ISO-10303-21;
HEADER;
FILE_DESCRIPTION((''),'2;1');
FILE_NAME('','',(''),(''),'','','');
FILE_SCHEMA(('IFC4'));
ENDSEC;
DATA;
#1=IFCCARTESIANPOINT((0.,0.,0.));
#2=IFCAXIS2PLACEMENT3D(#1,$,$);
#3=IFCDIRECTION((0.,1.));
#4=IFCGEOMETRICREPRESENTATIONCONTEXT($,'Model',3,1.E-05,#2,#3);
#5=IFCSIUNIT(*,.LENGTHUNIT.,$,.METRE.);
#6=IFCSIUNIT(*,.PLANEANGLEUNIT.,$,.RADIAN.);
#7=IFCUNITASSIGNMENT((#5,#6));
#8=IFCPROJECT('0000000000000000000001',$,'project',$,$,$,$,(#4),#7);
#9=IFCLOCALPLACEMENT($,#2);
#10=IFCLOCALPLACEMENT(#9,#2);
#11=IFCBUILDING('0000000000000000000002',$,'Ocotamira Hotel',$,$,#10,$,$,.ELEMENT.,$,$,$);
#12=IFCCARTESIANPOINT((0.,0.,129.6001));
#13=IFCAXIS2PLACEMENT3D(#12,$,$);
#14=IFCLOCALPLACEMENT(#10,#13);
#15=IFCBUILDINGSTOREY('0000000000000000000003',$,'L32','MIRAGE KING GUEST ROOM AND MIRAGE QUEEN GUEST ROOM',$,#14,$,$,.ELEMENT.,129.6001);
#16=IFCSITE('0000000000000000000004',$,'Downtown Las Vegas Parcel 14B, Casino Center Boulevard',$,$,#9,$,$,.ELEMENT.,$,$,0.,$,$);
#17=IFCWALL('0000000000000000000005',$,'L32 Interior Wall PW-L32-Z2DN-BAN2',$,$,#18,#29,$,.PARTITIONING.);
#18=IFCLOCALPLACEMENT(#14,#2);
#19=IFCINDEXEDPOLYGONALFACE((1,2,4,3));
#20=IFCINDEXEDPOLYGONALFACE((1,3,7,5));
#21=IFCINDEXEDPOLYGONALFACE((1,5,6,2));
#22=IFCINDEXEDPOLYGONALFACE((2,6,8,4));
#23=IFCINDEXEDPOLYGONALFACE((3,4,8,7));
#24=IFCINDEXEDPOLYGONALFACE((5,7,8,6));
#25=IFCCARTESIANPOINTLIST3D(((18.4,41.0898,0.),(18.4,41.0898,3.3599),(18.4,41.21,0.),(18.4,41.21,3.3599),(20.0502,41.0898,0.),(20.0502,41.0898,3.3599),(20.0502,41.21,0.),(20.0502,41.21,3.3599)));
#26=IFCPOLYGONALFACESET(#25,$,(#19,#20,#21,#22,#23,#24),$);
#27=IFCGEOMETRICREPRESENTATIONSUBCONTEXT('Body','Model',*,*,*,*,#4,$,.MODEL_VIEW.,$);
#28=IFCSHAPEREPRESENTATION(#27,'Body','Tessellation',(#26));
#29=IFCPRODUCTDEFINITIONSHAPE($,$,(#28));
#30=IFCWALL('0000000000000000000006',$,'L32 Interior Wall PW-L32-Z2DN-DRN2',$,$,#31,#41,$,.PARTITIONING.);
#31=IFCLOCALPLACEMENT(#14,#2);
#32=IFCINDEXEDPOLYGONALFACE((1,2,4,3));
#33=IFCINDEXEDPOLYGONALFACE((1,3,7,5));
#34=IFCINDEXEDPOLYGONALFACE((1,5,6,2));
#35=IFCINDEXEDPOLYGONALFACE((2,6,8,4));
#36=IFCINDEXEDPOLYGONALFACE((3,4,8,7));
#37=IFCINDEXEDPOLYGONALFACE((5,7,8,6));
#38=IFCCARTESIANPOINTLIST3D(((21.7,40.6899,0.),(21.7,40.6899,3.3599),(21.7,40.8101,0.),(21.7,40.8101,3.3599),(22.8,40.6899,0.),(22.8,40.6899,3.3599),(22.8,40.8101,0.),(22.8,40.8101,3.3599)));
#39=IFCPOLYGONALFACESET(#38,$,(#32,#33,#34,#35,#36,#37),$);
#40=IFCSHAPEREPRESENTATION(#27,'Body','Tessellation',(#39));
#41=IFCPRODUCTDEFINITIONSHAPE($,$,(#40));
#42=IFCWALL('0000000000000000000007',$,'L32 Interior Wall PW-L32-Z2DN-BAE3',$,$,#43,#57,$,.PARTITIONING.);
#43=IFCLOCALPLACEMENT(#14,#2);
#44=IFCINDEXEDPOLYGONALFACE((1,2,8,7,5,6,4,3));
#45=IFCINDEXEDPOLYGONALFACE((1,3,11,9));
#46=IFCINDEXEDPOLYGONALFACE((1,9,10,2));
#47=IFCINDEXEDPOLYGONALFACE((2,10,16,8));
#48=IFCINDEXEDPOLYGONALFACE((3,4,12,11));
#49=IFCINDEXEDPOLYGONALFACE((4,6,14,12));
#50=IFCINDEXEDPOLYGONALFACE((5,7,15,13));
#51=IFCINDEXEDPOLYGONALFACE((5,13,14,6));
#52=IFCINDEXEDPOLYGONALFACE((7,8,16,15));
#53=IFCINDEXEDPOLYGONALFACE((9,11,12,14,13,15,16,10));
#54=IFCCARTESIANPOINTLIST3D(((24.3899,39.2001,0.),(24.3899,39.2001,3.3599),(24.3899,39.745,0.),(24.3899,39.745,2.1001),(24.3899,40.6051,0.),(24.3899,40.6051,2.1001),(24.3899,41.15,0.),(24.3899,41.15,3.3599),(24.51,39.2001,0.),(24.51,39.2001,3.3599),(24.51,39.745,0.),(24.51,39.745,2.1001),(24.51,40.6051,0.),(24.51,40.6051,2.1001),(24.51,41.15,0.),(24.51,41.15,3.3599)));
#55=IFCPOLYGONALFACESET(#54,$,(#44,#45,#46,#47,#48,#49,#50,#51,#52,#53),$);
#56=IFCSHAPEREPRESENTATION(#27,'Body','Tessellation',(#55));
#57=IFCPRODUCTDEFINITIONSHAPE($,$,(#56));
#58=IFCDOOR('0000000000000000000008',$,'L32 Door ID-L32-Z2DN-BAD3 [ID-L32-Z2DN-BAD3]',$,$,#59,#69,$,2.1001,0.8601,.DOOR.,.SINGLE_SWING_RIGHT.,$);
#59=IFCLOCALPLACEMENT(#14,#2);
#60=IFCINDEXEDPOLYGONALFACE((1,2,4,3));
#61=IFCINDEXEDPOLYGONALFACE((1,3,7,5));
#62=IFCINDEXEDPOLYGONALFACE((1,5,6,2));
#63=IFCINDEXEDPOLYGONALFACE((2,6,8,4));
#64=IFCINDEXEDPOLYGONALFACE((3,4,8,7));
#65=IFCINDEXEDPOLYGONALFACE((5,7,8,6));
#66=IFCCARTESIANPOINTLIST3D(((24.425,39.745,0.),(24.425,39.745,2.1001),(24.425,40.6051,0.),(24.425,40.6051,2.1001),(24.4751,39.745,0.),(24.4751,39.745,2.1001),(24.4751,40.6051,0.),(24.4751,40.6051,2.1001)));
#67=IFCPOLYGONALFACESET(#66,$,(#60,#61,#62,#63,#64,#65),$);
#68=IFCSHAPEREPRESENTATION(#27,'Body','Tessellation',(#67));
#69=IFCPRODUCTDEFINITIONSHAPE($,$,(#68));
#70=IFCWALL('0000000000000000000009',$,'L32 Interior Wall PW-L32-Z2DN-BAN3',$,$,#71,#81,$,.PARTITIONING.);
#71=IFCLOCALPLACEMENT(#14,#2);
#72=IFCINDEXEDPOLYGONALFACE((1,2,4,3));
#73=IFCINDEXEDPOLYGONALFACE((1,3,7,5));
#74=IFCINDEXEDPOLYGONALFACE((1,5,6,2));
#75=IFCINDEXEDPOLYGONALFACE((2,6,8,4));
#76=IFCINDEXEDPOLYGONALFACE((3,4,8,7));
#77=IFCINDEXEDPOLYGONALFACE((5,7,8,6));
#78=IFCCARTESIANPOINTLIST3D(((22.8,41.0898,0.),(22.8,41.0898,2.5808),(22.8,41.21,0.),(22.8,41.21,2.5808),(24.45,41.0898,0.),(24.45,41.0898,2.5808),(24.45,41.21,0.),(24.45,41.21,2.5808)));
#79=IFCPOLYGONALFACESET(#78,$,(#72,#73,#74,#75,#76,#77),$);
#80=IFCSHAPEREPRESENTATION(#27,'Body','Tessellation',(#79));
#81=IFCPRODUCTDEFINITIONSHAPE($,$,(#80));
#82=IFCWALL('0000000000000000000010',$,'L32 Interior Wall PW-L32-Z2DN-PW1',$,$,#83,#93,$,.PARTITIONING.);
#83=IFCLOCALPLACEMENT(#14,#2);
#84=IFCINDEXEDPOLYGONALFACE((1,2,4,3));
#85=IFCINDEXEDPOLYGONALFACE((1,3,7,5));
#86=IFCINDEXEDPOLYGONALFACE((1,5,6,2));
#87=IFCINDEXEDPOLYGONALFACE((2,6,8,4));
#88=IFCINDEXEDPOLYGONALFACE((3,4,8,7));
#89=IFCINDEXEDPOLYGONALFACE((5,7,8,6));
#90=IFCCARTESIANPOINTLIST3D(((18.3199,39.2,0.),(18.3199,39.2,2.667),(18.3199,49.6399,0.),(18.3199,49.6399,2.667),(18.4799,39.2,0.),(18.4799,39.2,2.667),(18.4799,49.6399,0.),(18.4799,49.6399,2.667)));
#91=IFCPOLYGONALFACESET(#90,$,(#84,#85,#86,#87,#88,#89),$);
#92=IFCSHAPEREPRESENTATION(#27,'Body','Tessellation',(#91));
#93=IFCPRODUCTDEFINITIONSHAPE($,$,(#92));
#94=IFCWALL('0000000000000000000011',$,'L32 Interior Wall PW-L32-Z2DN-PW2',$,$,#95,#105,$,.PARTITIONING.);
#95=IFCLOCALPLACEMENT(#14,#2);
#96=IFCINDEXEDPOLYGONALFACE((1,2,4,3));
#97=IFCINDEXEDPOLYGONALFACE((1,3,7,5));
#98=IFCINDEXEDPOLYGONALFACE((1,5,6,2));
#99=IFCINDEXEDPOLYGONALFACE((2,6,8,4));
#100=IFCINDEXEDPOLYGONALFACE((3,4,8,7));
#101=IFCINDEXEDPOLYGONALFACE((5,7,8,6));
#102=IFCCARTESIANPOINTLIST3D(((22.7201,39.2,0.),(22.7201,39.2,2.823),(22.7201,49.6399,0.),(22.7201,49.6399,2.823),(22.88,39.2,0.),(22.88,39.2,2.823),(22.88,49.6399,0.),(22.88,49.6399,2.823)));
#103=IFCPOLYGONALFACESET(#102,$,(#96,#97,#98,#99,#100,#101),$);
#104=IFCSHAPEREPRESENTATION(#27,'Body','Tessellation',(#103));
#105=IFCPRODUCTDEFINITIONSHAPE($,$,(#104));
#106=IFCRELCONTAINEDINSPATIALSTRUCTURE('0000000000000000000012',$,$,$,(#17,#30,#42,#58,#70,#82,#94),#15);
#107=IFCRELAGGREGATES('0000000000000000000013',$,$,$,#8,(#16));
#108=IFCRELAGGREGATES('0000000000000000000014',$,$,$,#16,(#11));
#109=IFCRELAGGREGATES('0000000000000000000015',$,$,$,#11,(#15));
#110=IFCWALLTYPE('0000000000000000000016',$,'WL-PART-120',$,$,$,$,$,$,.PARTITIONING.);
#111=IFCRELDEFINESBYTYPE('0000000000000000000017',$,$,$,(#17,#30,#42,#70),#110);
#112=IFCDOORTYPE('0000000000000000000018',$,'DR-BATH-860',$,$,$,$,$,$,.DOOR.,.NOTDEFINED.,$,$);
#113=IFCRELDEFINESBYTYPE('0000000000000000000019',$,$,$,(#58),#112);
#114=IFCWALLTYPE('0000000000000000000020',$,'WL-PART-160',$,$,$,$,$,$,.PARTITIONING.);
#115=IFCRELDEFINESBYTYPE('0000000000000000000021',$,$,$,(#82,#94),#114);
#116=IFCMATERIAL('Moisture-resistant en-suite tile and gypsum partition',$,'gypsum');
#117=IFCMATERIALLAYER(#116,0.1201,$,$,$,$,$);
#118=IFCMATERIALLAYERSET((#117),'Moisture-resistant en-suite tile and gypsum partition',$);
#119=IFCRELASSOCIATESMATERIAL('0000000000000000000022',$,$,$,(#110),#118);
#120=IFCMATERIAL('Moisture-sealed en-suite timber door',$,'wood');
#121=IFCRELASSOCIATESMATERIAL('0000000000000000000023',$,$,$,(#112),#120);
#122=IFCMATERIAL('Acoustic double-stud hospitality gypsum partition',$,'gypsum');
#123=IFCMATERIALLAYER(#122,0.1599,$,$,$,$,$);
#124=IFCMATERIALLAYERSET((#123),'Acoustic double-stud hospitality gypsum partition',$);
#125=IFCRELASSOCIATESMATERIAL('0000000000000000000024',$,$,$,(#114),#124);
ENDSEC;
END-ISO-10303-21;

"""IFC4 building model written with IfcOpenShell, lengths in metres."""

from ifc_helpers import new_model, si_unit, direction, frame, frame_2d, origin, place, context, subcontext, project, spatial, rectangle, extrude, source, transform, mapped, material, layer, layer_set, type_object, element, fill, save


model = new_model("IFC4")

# Units and contexts
model_context = context("Model", 3, precision=1e-05, world=origin(), true_north=direction((0.0, 1.0)))
body_context = subcontext(model_context, "Body", "Model", "MODEL_VIEW")
ifc_project = project(units=[si_unit("LENGTHUNIT", "METRE"), si_unit("PLANEANGLEUNIT", "RADIAN")], contexts=[model_context])

# Site, building, storey
site_placement = place(None, origin())
site = spatial("IfcSite", under=ifc_project, at=site_placement, Name="Downtown Las Vegas Parcel 14B, Casino Center Boulevard", CompositionType="ELEMENT", RefElevation=0.0)
building_placement = place(site_placement, origin())
building = spatial("IfcBuilding", under=site, at=building_placement, Name="Ocotamira Hotel", CompositionType="ELEMENT")
storey_placement = place(building_placement, frame((0.0, 0.0, 129.6001)))
storey = spatial("IfcBuildingStorey", under=building, at=storey_placement, Name="L32", Description="MIRAGE KING GUEST ROOM AND MIRAGE QUEEN GUEST ROOM", CompositionType="ELEMENT", Elevation=129.6001)

# Shared definitions
ifc_material_1 = material(Name="Moisture-resistant en-suite tile and gypsum partition", Category="gypsum")
ifc_layer_1 = layer(ifc_material_1, 0.1201)
ifc_layer_set_1 = layer_set([ifc_layer_1], Name="Moisture-resistant en-suite tile and gypsum partition")
wall_type_1 = type_object("IfcWallType", Name="WL-PART-120", PredefinedType="PARTITIONING", material=ifc_layer_set_1)
ifc_material_2 = material(Name="Moisture-sealed en-suite timber door", Category="wood")
door_type = type_object("IfcDoorType", Name="DR-BATH-860", OperationType="NOTDEFINED", PredefinedType="DOOR", material=ifc_material_2)
shared_shape_1 = source(origin(), body_context, "Body", "SweptSolid", [
    extrude(rectangle(XDim=0.8601, YDim=2.1001, at=frame_2d((0.4302, 1.05))), frame((0.0, 0.0249, 0.0), z_axis=(0.0, -1.0, 0.0), x_axis=(1.0, 0.0, 0.0)), (0.0, 0.0, 1.0), 0.05),
])

# Walls
wall_1_placement = place(storey_placement, frame((18.3999, 41.1499, 0.0), z_axis=(0.0, 0.0, 1.0), x_axis=(1.0, 0.0, 0.0)))
element("IfcWall", 1, at=wall_1_placement, inside=storey, type_object=wall_type_1, Name="L32 Interior Wall PW-L32-Z2DN-BAN2", PredefinedType="PARTITIONING", context=body_context, shape_type="SweptSolid", body=[
    extrude(rectangle(XDim=1.6501, YDim=0.1201, at=frame_2d((0.8252, 0.0))), origin(), (0.0, 0.0, 1.0), 3.3599),
])
wall_2_placement = place(storey_placement, frame((21.7, 40.75, 0.0), z_axis=(0.0, 0.0, 1.0), x_axis=(1.0, 0.0, 0.0)))
element("IfcWall", 2, at=wall_2_placement, inside=storey, type_object=wall_type_1, Name="L32 Interior Wall PW-L32-Z2DN-DRN2", PredefinedType="PARTITIONING", context=body_context, shape_type="SweptSolid", body=[
    extrude(rectangle(XDim=1.1001, YDim=0.1201, at=frame_2d((0.55, 0.0))), origin(), (0.0, 0.0, 1.0), 3.3599),
])

# Wall, opening, door
wall_3_placement = place(storey_placement, frame((24.45, 39.2, 0.0), z_axis=(0.0, 0.0, 1.0), x_axis=(0.0, 1.0, 0.0)))
wall_3 = element("IfcWall", 3, at=wall_3_placement, inside=storey, type_object=wall_type_1, Name="L32 Interior Wall PW-L32-Z2DN-BAE3", PredefinedType="PARTITIONING", context=body_context, shape_type="SweptSolid", body=[
    extrude(rectangle(XDim=1.95, YDim=0.1201, at=frame_2d((0.9751, 0.0))), origin(), (0.0, 0.0, 1.0), 3.3599),
])
opening_1_placement = place(wall_3_placement, frame((0.5449, 0.0, 0.0)))
opening_1 = element("IfcOpeningElement", 4, at=opening_1_placement, cuts=wall_3, PredefinedType="OPENING", context=body_context, shape_type="SweptSolid", body=[
    extrude(rectangle(XDim=0.8601, YDim=2.1001, at=frame_2d((0.4302, 1.05))), frame((0.0, 0.0701, 0.0), z_axis=(0.0, -1.0, 0.0), x_axis=(1.0, 0.0, 0.0)), (0.0, 0.0, 1.0), 0.1401),
])
door_1_placement = place(opening_1_placement, origin())
door_1 = element("IfcDoor", 5, at=door_1_placement, inside=storey, type_object=door_type, Name="L32 Door ID-L32-Z2DN-BAD3 [ID-L32-Z2DN-BAD3]", OperationType="SINGLE_SWING_RIGHT", OverallHeight=2.1001, OverallWidth=0.8601, PredefinedType="DOOR", context=body_context, shape_type="MappedRepresentation", body=[
    mapped(shared_shape_1, transform((0.0, 0.0, 0.0), scale=1.0)),
])
fill(opening_1, door_1)

# Walls
wall_4_placement = place(storey_placement, frame((22.8, 41.1499, 0.0), z_axis=(0.0, 0.0, 1.0), x_axis=(1.0, 0.0, 0.0)))
element("IfcWall", 6, at=wall_4_placement, inside=storey, type_object=wall_type_1, Name="L32 Interior Wall PW-L32-Z2DN-BAN3", PredefinedType="PARTITIONING", context=body_context, shape_type="SweptSolid", body=[
    extrude(rectangle(XDim=1.6499, YDim=0.1201, at=frame_2d((0.825, 0.0))), origin(), (0.0, 0.0, 1.0), 2.5808),
])
ifc_material_3 = material(Name="Acoustic double-stud hospitality gypsum partition", Category="gypsum")
ifc_layer_2 = layer(ifc_material_3, 0.1599)
ifc_layer_set_2 = layer_set([ifc_layer_2], Name="Acoustic double-stud hospitality gypsum partition")
wall_type_2 = type_object("IfcWallType", Name="WL-PART-160", PredefinedType="PARTITIONING", material=ifc_layer_set_2)
wall_5_placement = place(storey_placement, frame((18.3999, 39.2, 0.0), z_axis=(0.0, 0.0, 1.0), x_axis=(0.0, 1.0, 0.0)))
element("IfcWall", 7, at=wall_5_placement, inside=storey, type_object=wall_type_2, Name="L32 Interior Wall PW-L32-Z2DN-PW1", PredefinedType="PARTITIONING", context=body_context, shape_type="SweptSolid", body=[
    extrude(rectangle(XDim=10.4399, YDim=0.1599, at=frame_2d((5.22, 0.0))), origin(), (0.0, 0.0, 1.0), 2.667),
])
wall_6_placement = place(storey_placement, frame((22.8, 39.2, 0.0), z_axis=(0.0, 0.0, 1.0), x_axis=(0.0, 1.0, 0.0)))
element("IfcWall", 8, at=wall_6_placement, inside=storey, type_object=wall_type_2, Name="L32 Interior Wall PW-L32-Z2DN-PW2", PredefinedType="PARTITIONING", context=body_context, shape_type="SweptSolid", body=[
    extrude(rectangle(XDim=10.4399, YDim=0.1599, at=frame_2d((5.22, 0.0))), origin(), (0.0, 0.0, 1.0), 2.823),
])

save(model, "model.ifc")
